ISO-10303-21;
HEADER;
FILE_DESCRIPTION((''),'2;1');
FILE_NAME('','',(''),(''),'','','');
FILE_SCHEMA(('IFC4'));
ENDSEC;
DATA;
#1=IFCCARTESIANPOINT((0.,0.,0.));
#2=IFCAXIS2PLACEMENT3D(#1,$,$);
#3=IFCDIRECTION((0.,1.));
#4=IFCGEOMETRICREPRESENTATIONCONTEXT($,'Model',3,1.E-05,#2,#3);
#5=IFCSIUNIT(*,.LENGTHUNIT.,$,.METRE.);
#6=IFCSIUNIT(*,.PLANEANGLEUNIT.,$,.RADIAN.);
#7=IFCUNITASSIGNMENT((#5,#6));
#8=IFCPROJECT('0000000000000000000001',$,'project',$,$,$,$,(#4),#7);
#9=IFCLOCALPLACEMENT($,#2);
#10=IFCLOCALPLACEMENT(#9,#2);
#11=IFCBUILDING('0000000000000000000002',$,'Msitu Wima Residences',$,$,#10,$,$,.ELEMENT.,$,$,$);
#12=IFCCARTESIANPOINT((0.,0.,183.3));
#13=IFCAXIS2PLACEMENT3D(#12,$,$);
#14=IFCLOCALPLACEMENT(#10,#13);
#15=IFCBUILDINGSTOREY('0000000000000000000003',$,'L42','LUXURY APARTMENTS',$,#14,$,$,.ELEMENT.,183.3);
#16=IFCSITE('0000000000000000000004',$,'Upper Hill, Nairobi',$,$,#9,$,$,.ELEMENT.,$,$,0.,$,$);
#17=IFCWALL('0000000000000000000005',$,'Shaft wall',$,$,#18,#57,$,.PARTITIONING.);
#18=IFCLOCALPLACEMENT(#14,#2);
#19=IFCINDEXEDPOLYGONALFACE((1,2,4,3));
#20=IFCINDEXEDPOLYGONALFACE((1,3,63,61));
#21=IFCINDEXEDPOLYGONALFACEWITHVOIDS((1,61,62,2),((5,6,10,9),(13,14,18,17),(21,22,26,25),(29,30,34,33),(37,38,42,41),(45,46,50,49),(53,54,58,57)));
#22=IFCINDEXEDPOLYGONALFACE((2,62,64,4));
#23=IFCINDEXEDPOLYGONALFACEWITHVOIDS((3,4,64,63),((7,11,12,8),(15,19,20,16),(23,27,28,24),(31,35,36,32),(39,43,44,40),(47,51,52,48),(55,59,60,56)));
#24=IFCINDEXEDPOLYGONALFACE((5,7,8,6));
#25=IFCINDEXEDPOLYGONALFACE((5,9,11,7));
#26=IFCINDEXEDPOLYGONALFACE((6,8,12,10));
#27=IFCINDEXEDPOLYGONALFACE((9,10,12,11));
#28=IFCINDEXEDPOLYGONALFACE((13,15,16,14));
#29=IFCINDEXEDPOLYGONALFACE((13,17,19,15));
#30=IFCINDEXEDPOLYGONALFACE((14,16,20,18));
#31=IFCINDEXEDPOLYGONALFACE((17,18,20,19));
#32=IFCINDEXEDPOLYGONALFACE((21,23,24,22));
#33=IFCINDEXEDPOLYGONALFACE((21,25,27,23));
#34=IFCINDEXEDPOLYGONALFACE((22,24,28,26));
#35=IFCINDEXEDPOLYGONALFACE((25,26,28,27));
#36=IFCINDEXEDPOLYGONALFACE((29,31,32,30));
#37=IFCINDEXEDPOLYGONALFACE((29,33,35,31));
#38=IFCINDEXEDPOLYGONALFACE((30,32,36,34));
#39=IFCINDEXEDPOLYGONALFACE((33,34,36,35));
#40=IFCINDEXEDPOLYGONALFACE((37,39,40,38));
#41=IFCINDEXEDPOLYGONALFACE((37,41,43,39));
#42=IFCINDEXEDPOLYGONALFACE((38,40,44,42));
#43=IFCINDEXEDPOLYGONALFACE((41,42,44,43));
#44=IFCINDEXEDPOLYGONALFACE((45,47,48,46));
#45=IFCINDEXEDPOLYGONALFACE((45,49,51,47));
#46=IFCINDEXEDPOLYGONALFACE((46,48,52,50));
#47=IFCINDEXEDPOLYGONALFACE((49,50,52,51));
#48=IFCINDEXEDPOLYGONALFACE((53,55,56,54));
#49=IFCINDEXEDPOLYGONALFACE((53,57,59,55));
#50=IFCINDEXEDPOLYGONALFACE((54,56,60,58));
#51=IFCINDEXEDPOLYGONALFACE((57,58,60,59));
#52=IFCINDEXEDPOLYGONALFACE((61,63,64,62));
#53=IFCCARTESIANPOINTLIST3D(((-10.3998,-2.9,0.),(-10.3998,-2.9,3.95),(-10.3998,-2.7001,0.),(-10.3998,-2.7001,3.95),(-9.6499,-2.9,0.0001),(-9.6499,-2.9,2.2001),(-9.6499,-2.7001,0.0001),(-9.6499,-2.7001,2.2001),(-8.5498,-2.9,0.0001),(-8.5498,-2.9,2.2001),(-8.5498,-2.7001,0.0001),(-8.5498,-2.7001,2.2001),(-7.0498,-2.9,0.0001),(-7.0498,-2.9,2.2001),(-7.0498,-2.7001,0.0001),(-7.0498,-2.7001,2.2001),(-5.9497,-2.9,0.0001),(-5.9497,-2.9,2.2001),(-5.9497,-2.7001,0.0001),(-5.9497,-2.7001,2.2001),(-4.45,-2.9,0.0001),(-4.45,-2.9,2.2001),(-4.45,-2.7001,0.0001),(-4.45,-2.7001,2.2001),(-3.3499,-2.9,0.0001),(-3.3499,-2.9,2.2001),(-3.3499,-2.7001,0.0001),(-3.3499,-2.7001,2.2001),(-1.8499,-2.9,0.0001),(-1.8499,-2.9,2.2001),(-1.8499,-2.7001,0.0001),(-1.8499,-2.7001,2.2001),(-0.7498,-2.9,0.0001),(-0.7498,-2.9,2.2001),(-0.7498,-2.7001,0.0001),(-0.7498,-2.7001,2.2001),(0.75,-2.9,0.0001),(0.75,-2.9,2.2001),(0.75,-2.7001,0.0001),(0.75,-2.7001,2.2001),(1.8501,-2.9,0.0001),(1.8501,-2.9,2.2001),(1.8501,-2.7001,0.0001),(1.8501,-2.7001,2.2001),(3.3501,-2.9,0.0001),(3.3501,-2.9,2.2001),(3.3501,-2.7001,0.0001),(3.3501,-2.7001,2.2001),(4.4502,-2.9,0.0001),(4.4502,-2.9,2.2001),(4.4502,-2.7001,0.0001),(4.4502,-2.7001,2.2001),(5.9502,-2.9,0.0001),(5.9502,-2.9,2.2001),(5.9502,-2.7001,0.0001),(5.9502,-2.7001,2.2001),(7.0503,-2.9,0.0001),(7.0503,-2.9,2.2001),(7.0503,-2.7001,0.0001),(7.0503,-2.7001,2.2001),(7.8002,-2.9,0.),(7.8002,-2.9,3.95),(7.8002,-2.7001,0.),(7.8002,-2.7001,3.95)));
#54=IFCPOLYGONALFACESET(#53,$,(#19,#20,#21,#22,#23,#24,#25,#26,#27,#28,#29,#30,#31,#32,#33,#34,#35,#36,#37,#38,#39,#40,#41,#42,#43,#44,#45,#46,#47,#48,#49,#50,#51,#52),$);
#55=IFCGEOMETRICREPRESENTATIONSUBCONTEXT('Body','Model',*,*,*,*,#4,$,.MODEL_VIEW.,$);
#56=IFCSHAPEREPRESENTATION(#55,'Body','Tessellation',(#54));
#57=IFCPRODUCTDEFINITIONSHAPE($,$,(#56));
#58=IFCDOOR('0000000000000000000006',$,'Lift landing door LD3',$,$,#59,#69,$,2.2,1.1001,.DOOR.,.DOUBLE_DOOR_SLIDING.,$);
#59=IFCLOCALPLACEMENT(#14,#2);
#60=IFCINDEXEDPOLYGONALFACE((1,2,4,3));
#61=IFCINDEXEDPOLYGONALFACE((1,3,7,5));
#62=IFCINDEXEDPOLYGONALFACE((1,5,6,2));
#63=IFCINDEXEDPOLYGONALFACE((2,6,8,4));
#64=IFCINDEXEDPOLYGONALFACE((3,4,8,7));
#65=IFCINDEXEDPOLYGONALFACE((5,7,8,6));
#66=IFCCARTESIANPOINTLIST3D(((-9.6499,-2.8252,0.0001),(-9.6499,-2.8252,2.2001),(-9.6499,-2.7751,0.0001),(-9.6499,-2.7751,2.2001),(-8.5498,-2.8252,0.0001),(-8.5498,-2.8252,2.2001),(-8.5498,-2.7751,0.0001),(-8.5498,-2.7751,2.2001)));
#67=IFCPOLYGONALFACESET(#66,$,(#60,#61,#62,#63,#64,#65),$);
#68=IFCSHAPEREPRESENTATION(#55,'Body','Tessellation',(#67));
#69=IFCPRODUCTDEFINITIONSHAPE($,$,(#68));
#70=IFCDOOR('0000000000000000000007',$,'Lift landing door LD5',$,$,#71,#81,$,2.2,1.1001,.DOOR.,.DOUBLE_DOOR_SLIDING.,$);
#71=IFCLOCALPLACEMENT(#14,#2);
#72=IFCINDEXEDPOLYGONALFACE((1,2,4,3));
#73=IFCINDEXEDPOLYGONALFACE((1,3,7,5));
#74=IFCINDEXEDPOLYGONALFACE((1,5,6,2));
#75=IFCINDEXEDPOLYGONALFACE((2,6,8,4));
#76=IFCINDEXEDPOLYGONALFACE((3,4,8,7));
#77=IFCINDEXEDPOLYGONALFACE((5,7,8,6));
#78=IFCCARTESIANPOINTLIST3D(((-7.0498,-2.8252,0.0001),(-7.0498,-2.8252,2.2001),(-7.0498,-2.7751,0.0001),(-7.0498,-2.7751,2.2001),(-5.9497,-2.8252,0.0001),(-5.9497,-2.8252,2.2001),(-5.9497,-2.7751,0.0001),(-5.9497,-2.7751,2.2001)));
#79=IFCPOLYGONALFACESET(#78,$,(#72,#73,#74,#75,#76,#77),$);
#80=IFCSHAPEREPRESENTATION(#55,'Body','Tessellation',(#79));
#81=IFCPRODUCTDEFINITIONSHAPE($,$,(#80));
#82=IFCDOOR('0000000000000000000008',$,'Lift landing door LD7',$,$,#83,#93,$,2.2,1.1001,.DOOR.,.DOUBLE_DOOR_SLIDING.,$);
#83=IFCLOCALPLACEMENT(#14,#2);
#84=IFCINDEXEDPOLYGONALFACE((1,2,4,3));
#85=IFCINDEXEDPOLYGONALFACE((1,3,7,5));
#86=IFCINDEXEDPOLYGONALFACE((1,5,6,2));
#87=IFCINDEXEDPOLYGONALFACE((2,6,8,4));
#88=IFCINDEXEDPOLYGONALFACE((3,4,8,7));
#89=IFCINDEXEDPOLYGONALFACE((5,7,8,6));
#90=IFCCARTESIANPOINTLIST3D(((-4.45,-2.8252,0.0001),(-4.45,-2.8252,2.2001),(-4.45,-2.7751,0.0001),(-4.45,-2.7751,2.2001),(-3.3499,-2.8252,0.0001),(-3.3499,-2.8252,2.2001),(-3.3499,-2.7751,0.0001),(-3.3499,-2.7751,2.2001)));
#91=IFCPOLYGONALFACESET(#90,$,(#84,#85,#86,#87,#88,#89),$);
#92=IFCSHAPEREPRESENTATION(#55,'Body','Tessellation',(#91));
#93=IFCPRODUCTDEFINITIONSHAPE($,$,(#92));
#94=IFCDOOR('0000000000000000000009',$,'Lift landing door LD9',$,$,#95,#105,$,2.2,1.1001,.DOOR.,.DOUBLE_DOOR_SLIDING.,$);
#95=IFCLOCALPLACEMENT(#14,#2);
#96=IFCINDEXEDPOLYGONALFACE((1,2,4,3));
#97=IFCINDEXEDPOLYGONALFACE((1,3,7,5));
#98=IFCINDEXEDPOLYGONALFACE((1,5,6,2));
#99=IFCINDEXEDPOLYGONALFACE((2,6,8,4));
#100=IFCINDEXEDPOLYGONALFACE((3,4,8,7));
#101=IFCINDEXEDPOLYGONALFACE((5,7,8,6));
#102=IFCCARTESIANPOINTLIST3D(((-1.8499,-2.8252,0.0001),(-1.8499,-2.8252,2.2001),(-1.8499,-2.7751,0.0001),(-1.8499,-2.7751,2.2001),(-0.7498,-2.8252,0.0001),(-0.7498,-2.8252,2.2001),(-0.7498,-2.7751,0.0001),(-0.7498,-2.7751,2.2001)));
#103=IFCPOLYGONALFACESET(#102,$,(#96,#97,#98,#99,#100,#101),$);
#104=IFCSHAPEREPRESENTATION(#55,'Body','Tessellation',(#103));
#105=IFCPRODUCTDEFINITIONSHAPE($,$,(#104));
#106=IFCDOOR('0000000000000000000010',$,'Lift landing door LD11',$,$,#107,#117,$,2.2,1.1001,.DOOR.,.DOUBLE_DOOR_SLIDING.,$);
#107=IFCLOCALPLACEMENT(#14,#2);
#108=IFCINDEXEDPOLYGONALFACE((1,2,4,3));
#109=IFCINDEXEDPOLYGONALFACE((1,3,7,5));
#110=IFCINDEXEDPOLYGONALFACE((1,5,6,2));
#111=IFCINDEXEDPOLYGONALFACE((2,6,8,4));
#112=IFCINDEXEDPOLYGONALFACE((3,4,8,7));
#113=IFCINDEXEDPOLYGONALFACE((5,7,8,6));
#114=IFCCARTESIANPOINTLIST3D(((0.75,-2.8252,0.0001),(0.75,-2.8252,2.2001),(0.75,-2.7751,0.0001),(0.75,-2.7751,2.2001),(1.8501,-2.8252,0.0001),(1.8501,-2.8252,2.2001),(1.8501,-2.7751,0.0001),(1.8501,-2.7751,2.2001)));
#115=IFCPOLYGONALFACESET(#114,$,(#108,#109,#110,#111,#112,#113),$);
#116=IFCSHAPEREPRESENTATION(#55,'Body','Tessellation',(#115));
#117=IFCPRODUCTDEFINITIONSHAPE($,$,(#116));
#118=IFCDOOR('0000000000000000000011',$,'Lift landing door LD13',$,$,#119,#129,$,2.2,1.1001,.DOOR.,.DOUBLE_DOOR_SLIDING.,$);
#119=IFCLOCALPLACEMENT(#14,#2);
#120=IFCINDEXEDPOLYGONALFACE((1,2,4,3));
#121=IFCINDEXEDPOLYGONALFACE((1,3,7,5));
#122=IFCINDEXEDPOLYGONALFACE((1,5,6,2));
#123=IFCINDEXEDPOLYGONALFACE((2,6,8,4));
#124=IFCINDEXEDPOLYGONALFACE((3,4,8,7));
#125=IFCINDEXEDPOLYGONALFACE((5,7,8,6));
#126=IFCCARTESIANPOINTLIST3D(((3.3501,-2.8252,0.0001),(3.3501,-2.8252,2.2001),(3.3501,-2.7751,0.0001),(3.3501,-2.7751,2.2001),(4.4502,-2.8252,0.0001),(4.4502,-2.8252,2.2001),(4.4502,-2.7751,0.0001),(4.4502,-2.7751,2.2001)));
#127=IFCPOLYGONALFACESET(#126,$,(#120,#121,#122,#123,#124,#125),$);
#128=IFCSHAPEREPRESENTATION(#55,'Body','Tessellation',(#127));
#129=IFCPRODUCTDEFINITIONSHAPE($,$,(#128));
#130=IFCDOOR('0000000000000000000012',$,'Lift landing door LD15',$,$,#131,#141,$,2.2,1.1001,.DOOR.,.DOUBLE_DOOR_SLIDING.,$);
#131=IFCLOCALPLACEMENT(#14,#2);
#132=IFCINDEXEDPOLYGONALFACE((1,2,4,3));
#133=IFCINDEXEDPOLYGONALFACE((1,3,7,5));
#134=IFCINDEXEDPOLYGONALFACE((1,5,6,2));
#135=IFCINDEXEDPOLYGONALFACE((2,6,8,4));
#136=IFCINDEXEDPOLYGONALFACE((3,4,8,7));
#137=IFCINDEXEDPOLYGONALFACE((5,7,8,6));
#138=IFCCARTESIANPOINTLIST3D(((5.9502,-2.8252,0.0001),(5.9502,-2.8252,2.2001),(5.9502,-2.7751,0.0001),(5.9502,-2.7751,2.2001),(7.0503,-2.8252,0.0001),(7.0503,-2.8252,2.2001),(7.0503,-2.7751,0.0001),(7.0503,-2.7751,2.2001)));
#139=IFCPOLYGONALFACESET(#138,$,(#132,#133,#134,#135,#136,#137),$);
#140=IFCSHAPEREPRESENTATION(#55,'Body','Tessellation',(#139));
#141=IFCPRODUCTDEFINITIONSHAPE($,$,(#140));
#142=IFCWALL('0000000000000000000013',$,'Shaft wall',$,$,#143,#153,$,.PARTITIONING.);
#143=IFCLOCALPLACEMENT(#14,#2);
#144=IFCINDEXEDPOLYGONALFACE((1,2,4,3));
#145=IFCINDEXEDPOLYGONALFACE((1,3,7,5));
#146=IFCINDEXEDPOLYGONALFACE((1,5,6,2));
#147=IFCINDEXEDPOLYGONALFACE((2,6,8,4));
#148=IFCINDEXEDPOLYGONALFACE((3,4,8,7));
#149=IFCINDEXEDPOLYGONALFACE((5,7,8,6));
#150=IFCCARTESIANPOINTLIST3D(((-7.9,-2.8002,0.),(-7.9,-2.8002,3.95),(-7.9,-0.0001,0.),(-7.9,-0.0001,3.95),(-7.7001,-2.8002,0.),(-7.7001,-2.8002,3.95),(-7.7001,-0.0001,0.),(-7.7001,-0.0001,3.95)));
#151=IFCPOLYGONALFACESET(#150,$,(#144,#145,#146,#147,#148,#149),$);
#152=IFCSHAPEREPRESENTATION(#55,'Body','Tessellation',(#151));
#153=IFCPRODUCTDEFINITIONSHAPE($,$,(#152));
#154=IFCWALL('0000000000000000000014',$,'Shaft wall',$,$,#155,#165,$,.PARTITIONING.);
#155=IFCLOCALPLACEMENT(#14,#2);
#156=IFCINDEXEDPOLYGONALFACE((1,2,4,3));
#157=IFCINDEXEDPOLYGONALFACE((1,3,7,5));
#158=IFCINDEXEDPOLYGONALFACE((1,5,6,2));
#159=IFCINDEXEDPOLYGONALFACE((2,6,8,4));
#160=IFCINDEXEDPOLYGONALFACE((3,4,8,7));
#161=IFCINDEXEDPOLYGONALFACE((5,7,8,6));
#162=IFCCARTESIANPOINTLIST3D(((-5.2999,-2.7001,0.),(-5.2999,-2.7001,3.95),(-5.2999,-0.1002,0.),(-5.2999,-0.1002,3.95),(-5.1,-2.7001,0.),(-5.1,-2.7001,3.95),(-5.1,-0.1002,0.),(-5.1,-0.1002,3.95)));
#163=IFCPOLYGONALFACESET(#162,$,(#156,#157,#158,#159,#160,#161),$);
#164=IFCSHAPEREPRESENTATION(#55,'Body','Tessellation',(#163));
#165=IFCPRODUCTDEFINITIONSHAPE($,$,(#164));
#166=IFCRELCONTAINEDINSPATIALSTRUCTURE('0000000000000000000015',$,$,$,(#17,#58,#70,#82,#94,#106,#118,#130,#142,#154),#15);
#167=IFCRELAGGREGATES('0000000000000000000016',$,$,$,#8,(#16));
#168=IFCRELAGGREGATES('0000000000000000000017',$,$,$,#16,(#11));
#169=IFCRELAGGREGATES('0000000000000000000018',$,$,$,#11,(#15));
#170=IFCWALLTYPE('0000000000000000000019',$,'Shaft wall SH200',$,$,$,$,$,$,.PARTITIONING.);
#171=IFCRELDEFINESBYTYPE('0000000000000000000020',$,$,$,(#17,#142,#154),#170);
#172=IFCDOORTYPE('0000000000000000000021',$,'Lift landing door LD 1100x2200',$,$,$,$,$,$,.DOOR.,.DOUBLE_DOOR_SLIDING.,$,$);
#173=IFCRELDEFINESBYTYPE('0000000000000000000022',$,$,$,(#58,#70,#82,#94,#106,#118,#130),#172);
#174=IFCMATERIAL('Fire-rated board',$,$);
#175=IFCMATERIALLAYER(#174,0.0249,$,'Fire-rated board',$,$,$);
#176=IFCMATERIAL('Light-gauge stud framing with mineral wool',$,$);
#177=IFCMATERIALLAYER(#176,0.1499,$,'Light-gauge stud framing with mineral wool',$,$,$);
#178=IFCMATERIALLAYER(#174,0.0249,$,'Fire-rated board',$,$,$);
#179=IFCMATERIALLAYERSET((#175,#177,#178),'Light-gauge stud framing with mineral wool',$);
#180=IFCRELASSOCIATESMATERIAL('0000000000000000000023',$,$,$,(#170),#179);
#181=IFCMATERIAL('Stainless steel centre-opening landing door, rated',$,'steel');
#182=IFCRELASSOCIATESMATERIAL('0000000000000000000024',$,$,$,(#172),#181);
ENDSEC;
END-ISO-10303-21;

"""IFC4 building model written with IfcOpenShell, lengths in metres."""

from ifc_helpers import new_model, si_unit, direction, frame, frame_2d, origin, place, context, subcontext, project, spatial, rectangle, extrude, material, layer, layer_set, type_object, element, fill, save


model = new_model("IFC4")

# Units and contexts
model_context = context("Model", 3, precision=1e-05, world=origin(), true_north=direction((0.0, 1.0)))
body_context = subcontext(model_context, "Body", "Model", "MODEL_VIEW")
ifc_project = project(units=[si_unit("LENGTHUNIT", "METRE"), si_unit("PLANEANGLEUNIT", "RADIAN")], contexts=[model_context])

# Site, building, storey
site_placement = place(None, origin())
site = spatial("IfcSite", under=ifc_project, at=site_placement, Name="Upper Hill, Nairobi", CompositionType="ELEMENT", RefElevation=0.0)
building_placement = place(site_placement, origin())
building = spatial("IfcBuilding", under=site, at=building_placement, Name="Msitu Wima Residences", CompositionType="ELEMENT")
storey_placement = place(building_placement, frame((0.0, 0.0, 183.3)))
storey = spatial("IfcBuildingStorey", under=building, at=storey_placement, Name="L42", Description="LUXURY APARTMENTS", CompositionType="ELEMENT", Elevation=183.3)

# Shared definitions
ifc_material_1 = material(Name="Fire-rated board")
ifc_layer_1 = layer(ifc_material_1, 0.0249, Name="Fire-rated board")
ifc_material_2 = material(Name="Light-gauge stud framing with mineral wool")
ifc_layer_2 = layer(ifc_material_2, 0.1499, Name="Light-gauge stud framing with mineral wool")
ifc_layer_3 = layer(ifc_material_1, 0.0249, Name="Fire-rated board")
ifc_layer_set_1 = layer_set([ifc_layer_1, ifc_layer_2, ifc_layer_3], Name="Light-gauge stud framing with mineral wool")
wall_type_1 = type_object("IfcWallType", Name="Shaft wall SH200", PredefinedType="PARTITIONING", material=ifc_layer_set_1)

# Wall, openings, doors
wall_1_placement = place(storey_placement, frame((-10.3999, -2.8, 0.0), z_axis=(0.0, 0.0, 1.0), x_axis=(1.0, 0.0, 0.0)))
wall_1 = element("IfcWall", 1, at=wall_1_placement, inside=storey, type_object=wall_type_1, Name="Shaft wall", PredefinedType="PARTITIONING", context=body_context, shape_type="SweptSolid", body=[
    extrude(rectangle(XDim=18.2, YDim=0.2, at=frame_2d((9.1001, 0.0))), origin(), (0.0, 0.0, 1.0), 3.95),
])
opening_1_placement = place(wall_1_placement, frame((0.75, 0.0, 0.0)))
opening_1 = element("IfcOpeningElement", 2, at=opening_1_placement, cuts=wall_1, PredefinedType="OPENING", context=body_context, shape_type="SweptSolid", body=[
    extrude(rectangle(XDim=1.1001, YDim=2.2, at=frame_2d((0.55, 1.1001))), frame((0.0, 0.1099, 0.0), z_axis=(0.0, -1.0, 0.0), x_axis=(1.0, 0.0, 0.0)), (0.0, 0.0, 1.0), 0.22),
])
opening_2_placement = place(wall_1_placement, frame((3.3501, 0.0, 0.0)))
opening_2 = element("IfcOpeningElement", 3, at=opening_2_placement, cuts=wall_1, PredefinedType="OPENING", context=body_context, shape_type="SweptSolid", body=[
    extrude(rectangle(XDim=1.1001, YDim=2.2, at=frame_2d((0.55, 1.1001))), frame((0.0, 0.1099, 0.0), z_axis=(0.0, -1.0, 0.0), x_axis=(1.0, 0.0, 0.0)), (0.0, 0.0, 1.0), 0.22),
])
opening_3_placement = place(wall_1_placement, frame((5.95, 0.0, 0.0)))
opening_3 = element("IfcOpeningElement", 4, at=opening_3_placement, cuts=wall_1, PredefinedType="OPENING", context=body_context, shape_type="SweptSolid", body=[
    extrude(rectangle(XDim=1.1001, YDim=2.2, at=frame_2d((0.55, 1.1001))), frame((0.0, 0.1099, 0.0), z_axis=(0.0, -1.0, 0.0), x_axis=(1.0, 0.0, 0.0)), (0.0, 0.0, 1.0), 0.22),
])
opening_4_placement = place(wall_1_placement, frame((8.55, 0.0, 0.0)))
opening_4 = element("IfcOpeningElement", 5, at=opening_4_placement, cuts=wall_1, PredefinedType="OPENING", context=body_context, shape_type="SweptSolid", body=[
    extrude(rectangle(XDim=1.1001, YDim=2.2, at=frame_2d((0.55, 1.1001))), frame((0.0, 0.1099, 0.0), z_axis=(0.0, -1.0, 0.0), x_axis=(1.0, 0.0, 0.0)), (0.0, 0.0, 1.0), 0.22),
])
opening_5_placement = place(wall_1_placement, frame((11.1499, 0.0, 0.0)))
opening_5 = element("IfcOpeningElement", 6, at=opening_5_placement, cuts=wall_1, PredefinedType="OPENING", context=body_context, shape_type="SweptSolid", body=[
    extrude(rectangle(XDim=1.1001, YDim=2.2, at=frame_2d((0.55, 1.1001))), frame((0.0, 0.1099, 0.0), z_axis=(0.0, -1.0, 0.0), x_axis=(1.0, 0.0, 0.0)), (0.0, 0.0, 1.0), 0.22),
])
opening_6_placement = place(wall_1_placement, frame((13.75, 0.0, 0.0)))
opening_6 = element("IfcOpeningElement", 7, at=opening_6_placement, cuts=wall_1, PredefinedType="OPENING", context=body_context, shape_type="SweptSolid", body=[
    extrude(rectangle(XDim=1.1001, YDim=2.2, at=frame_2d((0.55, 1.1001))), frame((0.0, 0.1099, 0.0), z_axis=(0.0, -1.0, 0.0), x_axis=(1.0, 0.0, 0.0)), (0.0, 0.0, 1.0), 0.22),
])
opening_7_placement = place(wall_1_placement, frame((16.3501, 0.0, 0.0)))
opening_7 = element("IfcOpeningElement", 8, at=opening_7_placement, cuts=wall_1, PredefinedType="OPENING", context=body_context, shape_type="SweptSolid", body=[
    extrude(rectangle(XDim=1.1001, YDim=2.2, at=frame_2d((0.55, 1.1001))), frame((0.0, 0.1099, 0.0), z_axis=(0.0, -1.0, 0.0), x_axis=(1.0, 0.0, 0.0)), (0.0, 0.0, 1.0), 0.22),
])
ifc_material_3 = material(Name="Stainless steel centre-opening landing door, rated", Category="steel")
door_type_1 = type_object("IfcDoorType", Name="Lift landing door LD 1100x2200", OperationType="DOUBLE_DOOR_SLIDING", PredefinedType="DOOR", material=ifc_material_3)
door_1_placement = place(opening_1_placement, origin())
door_1 = element("IfcDoor", 9, at=door_1_placement, inside=storey, type_object=door_type_1, Name="Lift landing door LD3", OperationType="DOUBLE_DOOR_SLIDING", OverallHeight=2.2, OverallWidth=1.1001, PredefinedType="DOOR", context=body_context, shape_type="SweptSolid", body=[
    extrude(rectangle(XDim=1.1001, YDim=2.2, at=frame_2d((0.55, 1.1001))), frame((0.0, 0.0249, 0.0), z_axis=(0.0, -1.0, 0.0), x_axis=(1.0, 0.0, 0.0)), (0.0, 0.0, 1.0), 0.05),
])
fill(opening_1, door_1)
door_2_placement = place(opening_2_placement, origin())
door_2 = element("IfcDoor", 10, at=door_2_placement, inside=storey, type_object=door_type_1, Name="Lift landing door LD5", OperationType="DOUBLE_DOOR_SLIDING", OverallHeight=2.2, OverallWidth=1.1001, PredefinedType="DOOR", context=body_context, shape_type="SweptSolid", body=[
    extrude(rectangle(XDim=1.1001, YDim=2.2, at=frame_2d((0.55, 1.1001))), frame((0.0, 0.0249, 0.0), z_axis=(0.0, -1.0, 0.0), x_axis=(1.0, 0.0, 0.0)), (0.0, 0.0, 1.0), 0.05),
])
fill(opening_2, door_2)
door_3_placement = place(opening_3_placement, origin())
door_3 = element("IfcDoor", 11, at=door_3_placement, inside=storey, type_object=door_type_1, Name="Lift landing door LD7", OperationType="DOUBLE_DOOR_SLIDING", OverallHeight=2.2, OverallWidth=1.1001, PredefinedType="DOOR", context=body_context, shape_type="SweptSolid", body=[
    extrude(rectangle(XDim=1.1001, YDim=2.2, at=frame_2d((0.55, 1.1001))), frame((0.0, 0.0249, 0.0), z_axis=(0.0, -1.0, 0.0), x_axis=(1.0, 0.0, 0.0)), (0.0, 0.0, 1.0), 0.05),
])
fill(opening_3, door_3)
door_4_placement = place(opening_4_placement, origin())
door_4 = element("IfcDoor", 12, at=door_4_placement, inside=storey, type_object=door_type_1, Name="Lift landing door LD9", OperationType="DOUBLE_DOOR_SLIDING", OverallHeight=2.2, OverallWidth=1.1001, PredefinedType="DOOR", context=body_context, shape_type="SweptSolid", body=[
    extrude(rectangle(XDim=1.1001, YDim=2.2, at=frame_2d((0.55, 1.1001))), frame((0.0, 0.0249, 0.0), z_axis=(0.0, -1.0, 0.0), x_axis=(1.0, 0.0, 0.0)), (0.0, 0.0, 1.0), 0.05),
])
fill(opening_4, door_4)
door_5_placement = place(opening_5_placement, origin())
door_5 = element("IfcDoor", 13, at=door_5_placement, inside=storey, type_object=door_type_1, Name="Lift landing door LD11", OperationType="DOUBLE_DOOR_SLIDING", OverallHeight=2.2, OverallWidth=1.1001, PredefinedType="DOOR", context=body_context, shape_type="SweptSolid", body=[
    extrude(rectangle(XDim=1.1001, YDim=2.2, at=frame_2d((0.55, 1.1001))), frame((0.0, 0.0249, 0.0), z_axis=(0.0, -1.0, 0.0), x_axis=(1.0, 0.0, 0.0)), (0.0, 0.0, 1.0), 0.05),
])
fill(opening_5, door_5)
door_6_placement = place(opening_6_placement, origin())
door_6 = element("IfcDoor", 14, at=door_6_placement, inside=storey, type_object=door_type_1, Name="Lift landing door LD13", OperationType="DOUBLE_DOOR_SLIDING", OverallHeight=2.2, OverallWidth=1.1001, PredefinedType="DOOR", context=body_context, shape_type="SweptSolid", body=[
    extrude(rectangle(XDim=1.1001, YDim=2.2, at=frame_2d((0.55, 1.1001))), frame((0.0, 0.0249, 0.0), z_axis=(0.0, -1.0, 0.0), x_axis=(1.0, 0.0, 0.0)), (0.0, 0.0, 1.0), 0.05),
])
fill(opening_6, door_6)
door_7_placement = place(opening_7_placement, origin())
door_7 = element("IfcDoor", 15, at=door_7_placement, inside=storey, type_object=door_type_1, Name="Lift landing door LD15", OperationType="DOUBLE_DOOR_SLIDING", OverallHeight=2.2, OverallWidth=1.1001, PredefinedType="DOOR", context=body_context, shape_type="SweptSolid", body=[
    extrude(rectangle(XDim=1.1001, YDim=2.2, at=frame_2d((0.55, 1.1001))), frame((0.0, 0.0249, 0.0), z_axis=(0.0, -1.0, 0.0), x_axis=(1.0, 0.0, 0.0)), (0.0, 0.0, 1.0), 0.05),
])
fill(opening_7, door_7)

# Walls
wall_2_placement = place(storey_placement, frame((-7.8, -2.8, 0.0), z_axis=(0.0, 0.0, 1.0), x_axis=(0.0, 1.0, 0.0)))
element("IfcWall", 16, at=wall_2_placement, inside=storey, type_object=wall_type_1, Name="Shaft wall", PredefinedType="PARTITIONING", context=body_context, shape_type="SweptSolid", body=[
    extrude(rectangle(XDim=2.8, YDim=0.2, at=frame_2d((1.3999, 0.0))), origin(), (0.0, 0.0, 1.0), 3.95),
])
for number, where, z_axis, x_axis, name in (
    (17, (-5.2, -2.7, 0.0), (0.0, 0.0, 1.0), (0.0, 1.0, 0.0), "Shaft wall"),
):
    element("IfcWall", number, at=place(storey_placement, frame(where, z_axis=z_axis, x_axis=x_axis)), inside=storey, type_object=wall_type_1, Name=name, PredefinedType="PARTITIONING", context=body_context, shape_type="SweptSolid", body=[
        extrude(rectangle(XDim=2.5999, YDim=0.2, at=frame_2d((1.2998, 0.0))), origin(), (0.0, 0.0, 1.0), 3.95),
    ])

save(model, "model.ifc")
